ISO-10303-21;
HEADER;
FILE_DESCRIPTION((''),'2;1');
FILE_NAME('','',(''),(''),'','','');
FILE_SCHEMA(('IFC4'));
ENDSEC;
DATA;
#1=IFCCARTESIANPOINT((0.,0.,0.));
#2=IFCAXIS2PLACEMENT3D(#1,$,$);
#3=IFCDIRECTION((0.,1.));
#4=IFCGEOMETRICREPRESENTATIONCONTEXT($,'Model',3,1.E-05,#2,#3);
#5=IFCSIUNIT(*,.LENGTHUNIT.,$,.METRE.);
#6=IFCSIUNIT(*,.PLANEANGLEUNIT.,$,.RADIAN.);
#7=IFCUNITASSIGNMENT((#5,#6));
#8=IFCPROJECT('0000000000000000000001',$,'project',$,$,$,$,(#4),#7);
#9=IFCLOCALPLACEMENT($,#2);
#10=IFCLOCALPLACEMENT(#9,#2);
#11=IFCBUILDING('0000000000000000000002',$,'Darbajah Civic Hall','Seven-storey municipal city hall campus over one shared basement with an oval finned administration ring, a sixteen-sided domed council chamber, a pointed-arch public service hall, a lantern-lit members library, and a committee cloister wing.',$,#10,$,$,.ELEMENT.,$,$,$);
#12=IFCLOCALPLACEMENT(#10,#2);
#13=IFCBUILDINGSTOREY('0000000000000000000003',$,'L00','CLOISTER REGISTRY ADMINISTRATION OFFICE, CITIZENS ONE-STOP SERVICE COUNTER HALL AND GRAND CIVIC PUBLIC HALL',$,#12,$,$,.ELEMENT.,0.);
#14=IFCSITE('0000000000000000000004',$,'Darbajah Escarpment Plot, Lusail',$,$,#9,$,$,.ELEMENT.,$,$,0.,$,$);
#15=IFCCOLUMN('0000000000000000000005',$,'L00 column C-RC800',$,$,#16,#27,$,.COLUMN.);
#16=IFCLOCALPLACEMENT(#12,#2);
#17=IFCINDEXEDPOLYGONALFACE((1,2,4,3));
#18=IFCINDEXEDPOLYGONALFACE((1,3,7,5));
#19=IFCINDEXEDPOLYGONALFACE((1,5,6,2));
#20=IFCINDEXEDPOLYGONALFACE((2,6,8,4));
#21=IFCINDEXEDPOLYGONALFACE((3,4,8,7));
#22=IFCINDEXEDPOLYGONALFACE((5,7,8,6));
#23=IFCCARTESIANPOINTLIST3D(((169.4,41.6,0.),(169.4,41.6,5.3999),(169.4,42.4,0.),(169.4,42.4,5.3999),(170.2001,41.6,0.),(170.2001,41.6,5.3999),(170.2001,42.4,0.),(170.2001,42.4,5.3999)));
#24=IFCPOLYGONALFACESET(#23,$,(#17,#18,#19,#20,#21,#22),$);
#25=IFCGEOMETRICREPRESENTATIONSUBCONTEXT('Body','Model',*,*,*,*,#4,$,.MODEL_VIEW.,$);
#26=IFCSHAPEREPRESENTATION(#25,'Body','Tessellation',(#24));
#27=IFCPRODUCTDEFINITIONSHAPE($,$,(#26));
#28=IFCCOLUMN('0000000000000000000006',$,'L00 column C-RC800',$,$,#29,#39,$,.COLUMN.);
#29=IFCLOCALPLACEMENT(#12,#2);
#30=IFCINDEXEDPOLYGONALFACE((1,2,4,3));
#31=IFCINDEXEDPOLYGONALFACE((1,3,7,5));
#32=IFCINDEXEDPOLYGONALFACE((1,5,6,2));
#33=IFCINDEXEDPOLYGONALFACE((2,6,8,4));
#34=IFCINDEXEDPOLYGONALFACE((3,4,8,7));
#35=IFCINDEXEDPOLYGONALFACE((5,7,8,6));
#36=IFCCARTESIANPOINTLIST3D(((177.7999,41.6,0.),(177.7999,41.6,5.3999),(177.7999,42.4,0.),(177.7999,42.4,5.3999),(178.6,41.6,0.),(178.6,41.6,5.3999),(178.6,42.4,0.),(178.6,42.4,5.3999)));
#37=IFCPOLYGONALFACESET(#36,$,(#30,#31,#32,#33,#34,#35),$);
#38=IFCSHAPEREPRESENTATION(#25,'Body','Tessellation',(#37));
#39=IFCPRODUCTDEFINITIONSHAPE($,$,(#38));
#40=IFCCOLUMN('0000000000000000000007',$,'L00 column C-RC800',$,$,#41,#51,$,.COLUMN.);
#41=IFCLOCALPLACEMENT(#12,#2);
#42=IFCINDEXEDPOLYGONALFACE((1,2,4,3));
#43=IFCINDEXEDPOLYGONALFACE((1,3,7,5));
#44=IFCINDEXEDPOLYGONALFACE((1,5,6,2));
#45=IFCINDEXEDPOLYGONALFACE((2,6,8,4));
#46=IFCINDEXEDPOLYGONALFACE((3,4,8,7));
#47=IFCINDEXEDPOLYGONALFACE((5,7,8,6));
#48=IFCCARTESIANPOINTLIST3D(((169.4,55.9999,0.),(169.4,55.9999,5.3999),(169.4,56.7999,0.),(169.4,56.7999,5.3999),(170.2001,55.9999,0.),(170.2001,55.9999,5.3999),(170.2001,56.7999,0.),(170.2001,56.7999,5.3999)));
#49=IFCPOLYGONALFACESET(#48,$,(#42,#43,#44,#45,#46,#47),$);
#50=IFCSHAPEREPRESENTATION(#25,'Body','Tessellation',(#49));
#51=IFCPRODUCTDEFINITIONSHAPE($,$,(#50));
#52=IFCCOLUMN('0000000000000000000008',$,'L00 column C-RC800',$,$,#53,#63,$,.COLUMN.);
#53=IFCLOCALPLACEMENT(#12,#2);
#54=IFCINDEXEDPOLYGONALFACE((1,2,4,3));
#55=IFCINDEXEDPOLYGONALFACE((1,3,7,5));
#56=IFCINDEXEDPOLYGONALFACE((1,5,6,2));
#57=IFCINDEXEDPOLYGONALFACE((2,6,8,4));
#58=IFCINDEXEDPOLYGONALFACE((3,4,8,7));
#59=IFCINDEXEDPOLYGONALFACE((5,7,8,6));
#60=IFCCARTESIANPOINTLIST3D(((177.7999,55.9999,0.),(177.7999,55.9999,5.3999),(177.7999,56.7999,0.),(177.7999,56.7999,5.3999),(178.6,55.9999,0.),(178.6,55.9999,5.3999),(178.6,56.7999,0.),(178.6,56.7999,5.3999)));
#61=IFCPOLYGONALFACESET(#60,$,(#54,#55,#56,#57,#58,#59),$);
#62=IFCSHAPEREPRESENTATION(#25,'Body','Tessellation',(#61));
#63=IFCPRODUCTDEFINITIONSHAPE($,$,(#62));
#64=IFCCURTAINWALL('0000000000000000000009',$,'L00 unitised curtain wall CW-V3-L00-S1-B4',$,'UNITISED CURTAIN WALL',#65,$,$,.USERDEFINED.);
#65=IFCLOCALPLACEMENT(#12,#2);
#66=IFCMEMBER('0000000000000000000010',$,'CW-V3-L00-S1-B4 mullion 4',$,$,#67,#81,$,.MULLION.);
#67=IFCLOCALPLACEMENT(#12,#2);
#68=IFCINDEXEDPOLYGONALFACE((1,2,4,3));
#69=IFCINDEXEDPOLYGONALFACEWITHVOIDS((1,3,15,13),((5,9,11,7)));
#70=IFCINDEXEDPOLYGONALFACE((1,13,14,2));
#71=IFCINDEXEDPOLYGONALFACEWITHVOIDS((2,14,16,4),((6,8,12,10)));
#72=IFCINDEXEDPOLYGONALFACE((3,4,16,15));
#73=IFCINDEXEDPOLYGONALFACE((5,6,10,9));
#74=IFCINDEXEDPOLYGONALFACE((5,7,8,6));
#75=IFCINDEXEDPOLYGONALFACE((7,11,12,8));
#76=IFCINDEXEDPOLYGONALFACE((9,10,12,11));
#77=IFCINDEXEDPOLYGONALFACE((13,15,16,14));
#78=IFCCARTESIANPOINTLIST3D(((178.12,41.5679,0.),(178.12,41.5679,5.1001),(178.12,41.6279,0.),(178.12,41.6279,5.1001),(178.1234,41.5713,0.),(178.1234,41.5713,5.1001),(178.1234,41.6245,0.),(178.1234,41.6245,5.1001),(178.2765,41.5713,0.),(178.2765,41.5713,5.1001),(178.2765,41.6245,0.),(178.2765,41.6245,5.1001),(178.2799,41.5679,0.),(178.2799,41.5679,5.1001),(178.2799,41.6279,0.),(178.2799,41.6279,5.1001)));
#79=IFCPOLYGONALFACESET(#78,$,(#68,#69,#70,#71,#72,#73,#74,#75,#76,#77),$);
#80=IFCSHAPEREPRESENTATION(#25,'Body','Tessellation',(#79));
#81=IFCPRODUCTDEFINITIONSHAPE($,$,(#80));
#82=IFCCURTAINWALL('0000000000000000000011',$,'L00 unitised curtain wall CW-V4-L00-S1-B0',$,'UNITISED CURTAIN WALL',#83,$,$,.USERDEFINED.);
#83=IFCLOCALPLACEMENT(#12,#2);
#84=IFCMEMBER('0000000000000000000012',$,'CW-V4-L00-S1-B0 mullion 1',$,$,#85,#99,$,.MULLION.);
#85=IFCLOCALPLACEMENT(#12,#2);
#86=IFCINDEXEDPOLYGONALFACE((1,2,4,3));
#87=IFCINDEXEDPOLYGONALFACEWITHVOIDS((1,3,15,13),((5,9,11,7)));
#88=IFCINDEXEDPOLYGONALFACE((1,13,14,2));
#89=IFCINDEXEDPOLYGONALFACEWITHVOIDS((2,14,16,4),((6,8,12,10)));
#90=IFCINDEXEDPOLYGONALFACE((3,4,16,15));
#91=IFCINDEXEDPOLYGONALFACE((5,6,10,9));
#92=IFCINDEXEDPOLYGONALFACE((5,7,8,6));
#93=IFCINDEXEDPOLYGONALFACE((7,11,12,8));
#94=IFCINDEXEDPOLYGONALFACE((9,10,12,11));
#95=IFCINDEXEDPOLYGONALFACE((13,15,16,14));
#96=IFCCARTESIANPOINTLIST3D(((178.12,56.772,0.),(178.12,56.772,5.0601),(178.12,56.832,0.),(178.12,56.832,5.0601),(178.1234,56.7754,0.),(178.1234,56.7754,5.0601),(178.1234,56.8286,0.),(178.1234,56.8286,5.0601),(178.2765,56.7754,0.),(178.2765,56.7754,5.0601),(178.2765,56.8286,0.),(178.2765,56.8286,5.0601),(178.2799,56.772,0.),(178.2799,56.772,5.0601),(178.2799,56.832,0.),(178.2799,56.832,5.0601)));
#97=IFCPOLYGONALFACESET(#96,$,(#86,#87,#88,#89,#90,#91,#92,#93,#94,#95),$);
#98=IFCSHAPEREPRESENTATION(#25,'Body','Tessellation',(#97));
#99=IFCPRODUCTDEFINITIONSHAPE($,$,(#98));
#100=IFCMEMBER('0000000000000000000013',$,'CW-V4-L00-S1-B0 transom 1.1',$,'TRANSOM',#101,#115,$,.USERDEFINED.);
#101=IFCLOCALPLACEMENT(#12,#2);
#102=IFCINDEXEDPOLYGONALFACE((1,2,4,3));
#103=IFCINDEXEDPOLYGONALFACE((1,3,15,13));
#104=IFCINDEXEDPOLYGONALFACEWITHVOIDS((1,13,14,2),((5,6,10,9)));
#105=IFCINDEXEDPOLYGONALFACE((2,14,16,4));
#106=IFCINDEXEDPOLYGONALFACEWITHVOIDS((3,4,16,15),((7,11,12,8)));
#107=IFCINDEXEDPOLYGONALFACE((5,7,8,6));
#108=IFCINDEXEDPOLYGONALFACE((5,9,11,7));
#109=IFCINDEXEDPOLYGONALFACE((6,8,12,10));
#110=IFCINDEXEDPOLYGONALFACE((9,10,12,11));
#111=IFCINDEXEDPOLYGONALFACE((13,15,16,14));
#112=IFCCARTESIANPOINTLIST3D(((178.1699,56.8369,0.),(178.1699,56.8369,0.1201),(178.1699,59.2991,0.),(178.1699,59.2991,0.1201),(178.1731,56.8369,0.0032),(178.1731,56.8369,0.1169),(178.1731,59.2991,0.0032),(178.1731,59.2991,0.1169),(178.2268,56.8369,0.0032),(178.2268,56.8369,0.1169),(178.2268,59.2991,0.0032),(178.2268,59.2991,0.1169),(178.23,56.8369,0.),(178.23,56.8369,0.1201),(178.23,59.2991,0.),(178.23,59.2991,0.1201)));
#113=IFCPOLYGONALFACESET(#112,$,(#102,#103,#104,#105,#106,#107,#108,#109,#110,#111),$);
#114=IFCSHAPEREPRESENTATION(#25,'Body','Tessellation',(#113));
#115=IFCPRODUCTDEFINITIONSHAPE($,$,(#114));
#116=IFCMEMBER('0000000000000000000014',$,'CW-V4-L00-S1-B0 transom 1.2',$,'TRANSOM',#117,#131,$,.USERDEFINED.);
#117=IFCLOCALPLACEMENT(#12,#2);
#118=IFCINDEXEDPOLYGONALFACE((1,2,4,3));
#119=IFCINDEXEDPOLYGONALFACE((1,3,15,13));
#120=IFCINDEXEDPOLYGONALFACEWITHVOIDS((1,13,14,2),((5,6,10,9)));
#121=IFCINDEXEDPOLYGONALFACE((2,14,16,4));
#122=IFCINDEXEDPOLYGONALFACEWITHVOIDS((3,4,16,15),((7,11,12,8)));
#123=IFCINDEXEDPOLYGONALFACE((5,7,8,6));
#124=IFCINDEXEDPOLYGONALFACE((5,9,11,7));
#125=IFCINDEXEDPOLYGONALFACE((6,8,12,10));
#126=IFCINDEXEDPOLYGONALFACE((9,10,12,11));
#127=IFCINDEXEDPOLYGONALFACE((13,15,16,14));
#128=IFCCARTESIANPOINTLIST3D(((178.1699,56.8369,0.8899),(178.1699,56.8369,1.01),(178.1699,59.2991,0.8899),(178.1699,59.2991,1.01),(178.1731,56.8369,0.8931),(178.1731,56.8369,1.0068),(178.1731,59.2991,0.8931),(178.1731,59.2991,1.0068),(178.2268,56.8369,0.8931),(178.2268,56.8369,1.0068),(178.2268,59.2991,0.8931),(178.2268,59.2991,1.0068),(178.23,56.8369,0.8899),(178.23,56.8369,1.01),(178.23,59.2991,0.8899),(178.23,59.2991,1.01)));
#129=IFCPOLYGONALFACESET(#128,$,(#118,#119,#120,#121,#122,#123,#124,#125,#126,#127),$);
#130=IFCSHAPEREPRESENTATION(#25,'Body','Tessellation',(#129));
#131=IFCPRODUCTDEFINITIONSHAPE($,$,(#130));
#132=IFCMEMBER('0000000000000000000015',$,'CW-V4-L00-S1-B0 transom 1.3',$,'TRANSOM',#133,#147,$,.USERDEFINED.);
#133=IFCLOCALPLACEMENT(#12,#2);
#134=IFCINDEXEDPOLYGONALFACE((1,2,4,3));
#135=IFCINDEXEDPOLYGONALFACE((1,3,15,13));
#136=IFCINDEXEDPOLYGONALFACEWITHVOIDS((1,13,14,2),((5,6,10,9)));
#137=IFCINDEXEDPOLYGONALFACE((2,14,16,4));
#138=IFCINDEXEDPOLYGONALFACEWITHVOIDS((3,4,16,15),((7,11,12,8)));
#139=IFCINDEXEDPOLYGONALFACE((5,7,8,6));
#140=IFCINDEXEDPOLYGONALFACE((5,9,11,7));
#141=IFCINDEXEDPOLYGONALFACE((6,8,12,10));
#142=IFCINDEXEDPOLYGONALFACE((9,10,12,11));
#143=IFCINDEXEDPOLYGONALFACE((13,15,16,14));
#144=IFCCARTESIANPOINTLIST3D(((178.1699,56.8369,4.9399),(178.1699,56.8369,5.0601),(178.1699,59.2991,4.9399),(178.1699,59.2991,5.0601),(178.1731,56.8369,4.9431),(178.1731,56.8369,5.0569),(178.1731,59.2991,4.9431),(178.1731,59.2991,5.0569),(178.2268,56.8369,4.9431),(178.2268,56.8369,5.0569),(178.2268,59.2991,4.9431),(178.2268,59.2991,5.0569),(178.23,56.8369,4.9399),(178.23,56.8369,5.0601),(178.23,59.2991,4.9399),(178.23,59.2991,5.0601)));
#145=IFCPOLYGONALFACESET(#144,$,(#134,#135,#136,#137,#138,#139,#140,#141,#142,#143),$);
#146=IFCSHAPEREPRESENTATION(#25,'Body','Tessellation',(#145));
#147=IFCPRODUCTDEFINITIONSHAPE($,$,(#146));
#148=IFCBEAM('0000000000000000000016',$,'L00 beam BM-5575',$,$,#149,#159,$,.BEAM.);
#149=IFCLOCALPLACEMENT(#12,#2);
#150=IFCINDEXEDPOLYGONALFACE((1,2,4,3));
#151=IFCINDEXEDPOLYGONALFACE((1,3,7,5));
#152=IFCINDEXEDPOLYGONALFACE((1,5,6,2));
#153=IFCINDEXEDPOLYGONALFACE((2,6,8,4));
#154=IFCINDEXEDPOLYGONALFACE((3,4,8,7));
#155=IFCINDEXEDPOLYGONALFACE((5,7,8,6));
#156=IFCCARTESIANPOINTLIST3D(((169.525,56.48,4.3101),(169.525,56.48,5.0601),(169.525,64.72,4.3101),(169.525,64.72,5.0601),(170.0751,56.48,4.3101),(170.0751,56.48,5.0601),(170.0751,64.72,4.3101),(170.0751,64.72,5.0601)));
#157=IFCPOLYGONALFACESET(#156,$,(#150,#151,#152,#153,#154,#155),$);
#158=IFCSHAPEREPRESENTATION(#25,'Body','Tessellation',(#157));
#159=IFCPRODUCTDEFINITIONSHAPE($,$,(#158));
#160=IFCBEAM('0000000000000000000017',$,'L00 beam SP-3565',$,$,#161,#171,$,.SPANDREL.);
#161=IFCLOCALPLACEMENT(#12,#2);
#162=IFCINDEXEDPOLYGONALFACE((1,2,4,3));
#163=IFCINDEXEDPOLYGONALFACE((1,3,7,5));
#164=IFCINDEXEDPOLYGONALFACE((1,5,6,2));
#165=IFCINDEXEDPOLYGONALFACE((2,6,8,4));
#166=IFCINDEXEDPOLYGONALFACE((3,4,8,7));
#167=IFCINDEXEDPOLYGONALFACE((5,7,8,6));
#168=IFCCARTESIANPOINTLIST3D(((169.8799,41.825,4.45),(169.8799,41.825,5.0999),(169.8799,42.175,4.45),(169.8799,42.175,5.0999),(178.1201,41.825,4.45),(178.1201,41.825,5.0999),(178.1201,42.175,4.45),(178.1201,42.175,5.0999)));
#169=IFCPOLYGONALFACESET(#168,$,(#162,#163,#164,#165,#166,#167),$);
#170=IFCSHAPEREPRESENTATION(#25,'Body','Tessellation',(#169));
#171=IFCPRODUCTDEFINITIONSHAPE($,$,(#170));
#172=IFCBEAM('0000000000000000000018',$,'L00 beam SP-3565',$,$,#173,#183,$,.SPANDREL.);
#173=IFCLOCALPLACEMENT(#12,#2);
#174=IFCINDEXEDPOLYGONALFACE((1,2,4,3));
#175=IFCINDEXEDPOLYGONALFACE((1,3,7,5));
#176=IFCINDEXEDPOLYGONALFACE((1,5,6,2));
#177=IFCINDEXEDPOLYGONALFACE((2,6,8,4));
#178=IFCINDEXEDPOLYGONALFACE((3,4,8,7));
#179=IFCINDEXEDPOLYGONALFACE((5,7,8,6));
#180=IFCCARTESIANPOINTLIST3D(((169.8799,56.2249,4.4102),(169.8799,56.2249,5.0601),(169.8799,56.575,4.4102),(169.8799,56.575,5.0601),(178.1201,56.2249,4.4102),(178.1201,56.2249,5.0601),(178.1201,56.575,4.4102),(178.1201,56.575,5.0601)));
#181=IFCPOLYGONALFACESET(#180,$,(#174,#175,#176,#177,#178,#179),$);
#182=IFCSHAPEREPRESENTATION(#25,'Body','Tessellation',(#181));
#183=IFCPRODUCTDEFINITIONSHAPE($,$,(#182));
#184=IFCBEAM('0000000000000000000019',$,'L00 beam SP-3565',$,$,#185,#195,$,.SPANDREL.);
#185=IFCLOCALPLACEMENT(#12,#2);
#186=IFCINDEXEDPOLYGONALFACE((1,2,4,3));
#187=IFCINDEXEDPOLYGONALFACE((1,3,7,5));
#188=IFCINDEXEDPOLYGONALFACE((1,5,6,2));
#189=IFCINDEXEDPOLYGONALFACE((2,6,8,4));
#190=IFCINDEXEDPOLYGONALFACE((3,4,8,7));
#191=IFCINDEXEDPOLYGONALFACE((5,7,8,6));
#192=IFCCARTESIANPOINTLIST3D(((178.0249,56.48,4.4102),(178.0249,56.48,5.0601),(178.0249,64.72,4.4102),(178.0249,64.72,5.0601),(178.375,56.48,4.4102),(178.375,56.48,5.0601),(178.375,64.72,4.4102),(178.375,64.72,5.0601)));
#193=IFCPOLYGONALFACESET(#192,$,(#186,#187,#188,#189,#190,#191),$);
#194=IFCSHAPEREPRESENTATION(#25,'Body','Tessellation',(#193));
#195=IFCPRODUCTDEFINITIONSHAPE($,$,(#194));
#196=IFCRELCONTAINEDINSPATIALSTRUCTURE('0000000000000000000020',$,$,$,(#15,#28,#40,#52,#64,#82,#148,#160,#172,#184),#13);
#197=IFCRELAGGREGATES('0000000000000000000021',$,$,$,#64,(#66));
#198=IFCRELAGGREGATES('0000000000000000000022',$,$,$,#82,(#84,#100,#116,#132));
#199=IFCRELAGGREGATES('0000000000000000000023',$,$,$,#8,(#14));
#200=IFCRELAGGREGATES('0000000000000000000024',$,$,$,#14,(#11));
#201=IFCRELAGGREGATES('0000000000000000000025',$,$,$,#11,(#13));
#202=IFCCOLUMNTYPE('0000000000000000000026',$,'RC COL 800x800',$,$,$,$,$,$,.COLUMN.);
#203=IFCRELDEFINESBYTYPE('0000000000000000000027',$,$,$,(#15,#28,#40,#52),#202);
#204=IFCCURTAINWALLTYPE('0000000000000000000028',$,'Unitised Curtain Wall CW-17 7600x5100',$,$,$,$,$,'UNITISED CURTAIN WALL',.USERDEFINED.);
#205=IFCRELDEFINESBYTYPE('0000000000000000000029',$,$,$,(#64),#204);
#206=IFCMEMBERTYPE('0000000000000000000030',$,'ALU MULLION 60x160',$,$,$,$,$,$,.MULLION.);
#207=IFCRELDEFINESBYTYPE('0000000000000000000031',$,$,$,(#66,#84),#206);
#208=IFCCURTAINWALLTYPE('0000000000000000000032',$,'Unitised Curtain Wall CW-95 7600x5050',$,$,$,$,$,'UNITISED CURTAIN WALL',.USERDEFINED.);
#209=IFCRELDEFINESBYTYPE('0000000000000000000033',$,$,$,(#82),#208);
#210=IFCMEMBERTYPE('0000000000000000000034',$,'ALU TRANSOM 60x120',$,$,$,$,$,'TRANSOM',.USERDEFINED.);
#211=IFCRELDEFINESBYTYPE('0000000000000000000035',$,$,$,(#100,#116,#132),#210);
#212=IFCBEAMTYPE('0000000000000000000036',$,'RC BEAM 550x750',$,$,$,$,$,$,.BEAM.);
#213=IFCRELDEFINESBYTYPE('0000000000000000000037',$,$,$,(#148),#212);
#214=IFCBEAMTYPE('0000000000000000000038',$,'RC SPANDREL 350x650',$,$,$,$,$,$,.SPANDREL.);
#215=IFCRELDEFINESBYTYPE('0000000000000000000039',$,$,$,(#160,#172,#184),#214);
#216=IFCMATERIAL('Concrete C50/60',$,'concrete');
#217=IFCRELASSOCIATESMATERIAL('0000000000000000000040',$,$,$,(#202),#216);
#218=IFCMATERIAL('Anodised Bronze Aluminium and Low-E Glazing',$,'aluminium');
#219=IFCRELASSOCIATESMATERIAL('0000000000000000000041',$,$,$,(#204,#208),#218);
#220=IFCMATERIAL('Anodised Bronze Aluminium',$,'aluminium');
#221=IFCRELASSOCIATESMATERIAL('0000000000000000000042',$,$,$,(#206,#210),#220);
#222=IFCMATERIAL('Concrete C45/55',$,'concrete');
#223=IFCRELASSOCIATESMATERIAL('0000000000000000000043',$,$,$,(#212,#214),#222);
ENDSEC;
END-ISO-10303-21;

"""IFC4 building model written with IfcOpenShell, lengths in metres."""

from ifc_helpers import new_model, si_unit, direction, frame, origin, origin_2d, place, context, subcontext, project, spatial, rectangle, hollow_rectangle, extrude, material, material_profile, profile_set, type_object, element, aggregate, save


model = new_model("IFC4")

# Units and contexts
model_context = context("Model", 3, precision=1e-05, world=origin(), true_north=direction((0.0, 1.0)))
body_context = subcontext(model_context, "Body", "Model", "MODEL_VIEW")
ifc_project = project(units=[si_unit("LENGTHUNIT", "METRE"), si_unit("PLANEANGLEUNIT", "RADIAN")], contexts=[model_context])

# Site, building, storey
site_placement = place(None, origin())
site = spatial("IfcSite", under=ifc_project, at=site_placement, Name="Darbajah Escarpment Plot, Lusail", CompositionType="ELEMENT", RefElevation=0.0)
building_placement = place(site_placement, origin())
building = spatial("IfcBuilding", under=site, at=building_placement, Name="Darbajah Civic Hall", Description="Seven-storey municipal city hall campus over one shared basement with an oval finned administration ring, a sixteen-sided domed council chamber, a pointed-arch public service hall, a lantern-lit members library, and a committee cloister wing.", CompositionType="ELEMENT")
storey_placement = place(building_placement, origin())
storey = spatial("IfcBuildingStorey", under=building, at=storey_placement, Name="L00", Description="CLOISTER REGISTRY ADMINISTRATION OFFICE, CITIZENS ONE-STOP SERVICE COUNTER HALL AND GRAND CIVIC PUBLIC HALL", CompositionType="ELEMENT", Elevation=0.0)

# Columns
ifc_material_1 = material(Name="Concrete C50/60", Category="concrete")
ifc_material_profile_1 = material_profile(ifc_material_1, rectangle(XDim=0.8, YDim=0.8, at=origin_2d()), Name="RC COL 800x800")
ifc_profile_set_1 = profile_set([ifc_material_profile_1], Name="Concrete C50/60")
column_type = type_object("IfcColumnType", Name="RC COL 800x800", PredefinedType="COLUMN", material=ifc_profile_set_1)
for number, where, z_axis, x_axis, name in (
    (1, (169.8, 42.0, 0.0), (0.0, 0.0, 1.0), (1.0, 0.0, 0.0), "L00 column C-RC800"),
    (2, (178.2, 42.0, 0.0), (0.0, 0.0, 1.0), (1.0, 0.0, 0.0), "L00 column C-RC800"),
    (3, (169.8, 56.3999, 0.0), (0.0, 0.0, 1.0), (1.0, 0.0, 0.0), "L00 column C-RC800"),
    (4, (178.2, 56.3999, 0.0), (0.0, 0.0, 1.0), (1.0, 0.0, 0.0), "L00 column C-RC800"),
):
    element("IfcColumn", number, at=place(storey_placement, frame(where, z_axis=z_axis, x_axis=x_axis)), inside=storey, type_object=column_type, Name=name, PredefinedType="COLUMN", context=body_context, shape_type="SweptSolid", body=[
        extrude(rectangle(XDim=0.8, YDim=0.8, at=origin_2d()), origin(), (0.0, 0.0, 1.0), 5.3999),
    ])

# Curtain wall, member
ifc_material_2 = material(Name="Anodised Bronze Aluminium and Low-E Glazing", Category="aluminium")
curtain_wall_type_1 = type_object("IfcCurtainWallType", Name="Unitised Curtain Wall CW-17 7600x5100", ElementType="UNITISED CURTAIN WALL", PredefinedType="USERDEFINED", material=ifc_material_2)
curtain_wall_1_placement = place(storey_placement, origin())
curtain_wall_1 = element("IfcCurtainWall", 5, at=curtain_wall_1_placement, inside=storey, type_object=curtain_wall_type_1, Name="L00 unitised curtain wall CW-V3-L00-S1-B4", ObjectType="UNITISED CURTAIN WALL", PredefinedType="USERDEFINED")
ifc_material_3 = material(Name="Anodised Bronze Aluminium", Category="aluminium")
ifc_material_profile_2 = material_profile(ifc_material_3, hollow_rectangle(XDim=0.0601, YDim=0.1599, WallThickness=0.0034, at=origin_2d()), Name="ALU MULLION 60x160")
ifc_profile_set_2 = profile_set([ifc_material_profile_2], Name="Anodised Bronze Aluminium")
member_type_1 = type_object("IfcMemberType", Name="ALU MULLION 60x160", PredefinedType="MULLION", material=ifc_profile_set_2)
member_1_placement = place(storey_placement, frame((178.2, 41.5979, 0.0), z_axis=(0.0, 0.0, 1.0), x_axis=(0.0, 1.0, 0.0)))
member_1 = element("IfcMember", 6, at=member_1_placement, type_object=member_type_1, Name="CW-V3-L00-S1-B4 mullion 4", PredefinedType="MULLION", context=body_context, shape_type="SweptSolid", body=[
    extrude(hollow_rectangle(XDim=0.0601, YDim=0.1599, WallThickness=0.0034, at=origin_2d()), origin(), (0.0, 0.0, 1.0), 5.1001),
])

# Curtain wall, members
curtain_wall_type_2 = type_object("IfcCurtainWallType", Name="Unitised Curtain Wall CW-95 7600x5050", ElementType="UNITISED CURTAIN WALL", PredefinedType="USERDEFINED", material=ifc_material_2)
curtain_wall_2_placement = place(storey_placement, origin())
curtain_wall_2 = element("IfcCurtainWall", 7, at=curtain_wall_2_placement, inside=storey, type_object=curtain_wall_type_2, Name="L00 unitised curtain wall CW-V4-L00-S1-B0", ObjectType="UNITISED CURTAIN WALL", PredefinedType="USERDEFINED")
member_2_placement = place(storey_placement, frame((178.2, 56.802, 0.0), z_axis=(0.0, 0.0, 1.0), x_axis=(0.0, 1.0, 0.0)))
member_2 = element("IfcMember", 8, at=member_2_placement, type_object=member_type_1, Name="CW-V4-L00-S1-B0 mullion 1", PredefinedType="MULLION", context=body_context, shape_type="SweptSolid", body=[
    extrude(hollow_rectangle(XDim=0.0601, YDim=0.1599, WallThickness=0.0034, at=origin_2d()), origin(), (0.0, 0.0, 1.0), 5.0601),
])
ifc_material_profile_3 = material_profile(ifc_material_3, hollow_rectangle(XDim=0.0601, YDim=0.1201, WallThickness=0.0032, at=origin_2d()), Name="ALU TRANSOM 60x120")
ifc_profile_set_3 = profile_set([ifc_material_profile_3], Name="Anodised Bronze Aluminium")
member_type_2 = type_object("IfcMemberType", Name="ALU TRANSOM 60x120", ElementType="TRANSOM", PredefinedType="USERDEFINED", material=ifc_profile_set_3)
member_3_placement = place(storey_placement, frame((178.2, 56.8369, 0.0601), z_axis=(0.0, 1.0, 0.0), x_axis=(-1.0, 0.0, 0.0)))
member_3 = element("IfcMember", 9, at=member_3_placement, type_object=member_type_2, Name="CW-V4-L00-S1-B0 transom 1.1", ObjectType="TRANSOM", PredefinedType="USERDEFINED", context=body_context, shape_type="SweptSolid", body=[
    extrude(hollow_rectangle(XDim=0.0601, YDim=0.1201, WallThickness=0.0032, at=origin_2d()), origin(), (0.0, 0.0, 1.0), 2.4622),
])
member_4_placement = place(storey_placement, frame((178.2, 56.8369, 0.95), z_axis=(0.0, 1.0, 0.0), x_axis=(-1.0, 0.0, 0.0)))
member_4 = element("IfcMember", 10, at=member_4_placement, type_object=member_type_2, Name="CW-V4-L00-S1-B0 transom 1.2", ObjectType="TRANSOM", PredefinedType="USERDEFINED", context=body_context, shape_type="SweptSolid", body=[
    extrude(hollow_rectangle(XDim=0.0601, YDim=0.1201, WallThickness=0.0032, at=origin_2d()), origin(), (0.0, 0.0, 1.0), 2.4622),
])
member_5_placement = place(storey_placement, frame((178.2, 56.8369, 5.0), z_axis=(0.0, 1.0, 0.0), x_axis=(-1.0, 0.0, 0.0)))
member_5 = element("IfcMember", 11, at=member_5_placement, type_object=member_type_2, Name="CW-V4-L00-S1-B0 transom 1.3", ObjectType="TRANSOM", PredefinedType="USERDEFINED", context=body_context, shape_type="SweptSolid", body=[
    extrude(hollow_rectangle(XDim=0.0601, YDim=0.1201, WallThickness=0.0032, at=origin_2d()), origin(), (0.0, 0.0, 1.0), 2.4622),
])

# Beams
ifc_material_4 = material(Name="Concrete C45/55", Category="concrete")
ifc_material_profile_4 = material_profile(ifc_material_4, rectangle(XDim=0.55, YDim=0.75, at=origin_2d()), Name="RC BEAM 550x750")
ifc_profile_set_4 = profile_set([ifc_material_profile_4], Name="Concrete C45/55")
beam_type_1 = type_object("IfcBeamType", Name="RC BEAM 550x750", PredefinedType="BEAM", material=ifc_profile_set_4)
beam_1_placement = place(storey_placement, frame((169.8, 56.48, 4.6851), z_axis=(0.0, 1.0, 0.0), x_axis=(-1.0, 0.0, 0.0)))
element("IfcBeam", 12, at=beam_1_placement, inside=storey, type_object=beam_type_1, Name="L00 beam BM-5575", PredefinedType="BEAM", context=body_context, shape_type="SweptSolid", body=[
    extrude(rectangle(XDim=0.55, YDim=0.75, at=origin_2d()), origin(), (0.0, 0.0, 1.0), 8.24),
])
ifc_material_profile_5 = material_profile(ifc_material_4, rectangle(XDim=0.3501, YDim=0.6499, at=origin_2d()), Name="RC SPANDREL 350x650")
ifc_profile_set_5 = profile_set([ifc_material_profile_5], Name="Concrete C45/55")
beam_type_2 = type_object("IfcBeamType", Name="RC SPANDREL 350x650", PredefinedType="SPANDREL", material=ifc_profile_set_5)
for number, where, z_axis, x_axis, name in (
    (13, (169.8799, 42.0, 4.7749), (1.0, 0.0, 0.0), (0.0, 1.0, 0.0), "L00 beam SP-3565"),
    (14, (169.8799, 56.3999, 4.7351), (1.0, 0.0, 0.0), (0.0, 1.0, 0.0), "L00 beam SP-3565"),
):
    element("IfcBeam", number, at=place(storey_placement, frame(where, z_axis=z_axis, x_axis=x_axis)), inside=storey, type_object=beam_type_2, Name=name, PredefinedType="SPANDREL", context=body_context, shape_type="SweptSolid", body=[
        extrude(rectangle(XDim=0.3501, YDim=0.6499, at=origin_2d()), origin(), (0.0, 0.0, 1.0), 8.2402),
    ])
beam_2_placement = place(storey_placement, frame((178.2, 56.48, 4.7351), z_axis=(0.0, 1.0, 0.0), x_axis=(-1.0, 0.0, 0.0)))
element("IfcBeam", 15, at=beam_2_placement, inside=storey, type_object=beam_type_2, Name="L00 beam SP-3565", PredefinedType="SPANDREL", context=body_context, shape_type="SweptSolid", body=[
    extrude(rectangle(XDim=0.3501, YDim=0.6499, at=origin_2d()), origin(), (0.0, 0.0, 1.0), 8.24),
])

aggregate(curtain_wall_1, [member_1])
aggregate(curtain_wall_2, [member_2, member_3, member_4, member_5])

save(model, "model.ifc")
